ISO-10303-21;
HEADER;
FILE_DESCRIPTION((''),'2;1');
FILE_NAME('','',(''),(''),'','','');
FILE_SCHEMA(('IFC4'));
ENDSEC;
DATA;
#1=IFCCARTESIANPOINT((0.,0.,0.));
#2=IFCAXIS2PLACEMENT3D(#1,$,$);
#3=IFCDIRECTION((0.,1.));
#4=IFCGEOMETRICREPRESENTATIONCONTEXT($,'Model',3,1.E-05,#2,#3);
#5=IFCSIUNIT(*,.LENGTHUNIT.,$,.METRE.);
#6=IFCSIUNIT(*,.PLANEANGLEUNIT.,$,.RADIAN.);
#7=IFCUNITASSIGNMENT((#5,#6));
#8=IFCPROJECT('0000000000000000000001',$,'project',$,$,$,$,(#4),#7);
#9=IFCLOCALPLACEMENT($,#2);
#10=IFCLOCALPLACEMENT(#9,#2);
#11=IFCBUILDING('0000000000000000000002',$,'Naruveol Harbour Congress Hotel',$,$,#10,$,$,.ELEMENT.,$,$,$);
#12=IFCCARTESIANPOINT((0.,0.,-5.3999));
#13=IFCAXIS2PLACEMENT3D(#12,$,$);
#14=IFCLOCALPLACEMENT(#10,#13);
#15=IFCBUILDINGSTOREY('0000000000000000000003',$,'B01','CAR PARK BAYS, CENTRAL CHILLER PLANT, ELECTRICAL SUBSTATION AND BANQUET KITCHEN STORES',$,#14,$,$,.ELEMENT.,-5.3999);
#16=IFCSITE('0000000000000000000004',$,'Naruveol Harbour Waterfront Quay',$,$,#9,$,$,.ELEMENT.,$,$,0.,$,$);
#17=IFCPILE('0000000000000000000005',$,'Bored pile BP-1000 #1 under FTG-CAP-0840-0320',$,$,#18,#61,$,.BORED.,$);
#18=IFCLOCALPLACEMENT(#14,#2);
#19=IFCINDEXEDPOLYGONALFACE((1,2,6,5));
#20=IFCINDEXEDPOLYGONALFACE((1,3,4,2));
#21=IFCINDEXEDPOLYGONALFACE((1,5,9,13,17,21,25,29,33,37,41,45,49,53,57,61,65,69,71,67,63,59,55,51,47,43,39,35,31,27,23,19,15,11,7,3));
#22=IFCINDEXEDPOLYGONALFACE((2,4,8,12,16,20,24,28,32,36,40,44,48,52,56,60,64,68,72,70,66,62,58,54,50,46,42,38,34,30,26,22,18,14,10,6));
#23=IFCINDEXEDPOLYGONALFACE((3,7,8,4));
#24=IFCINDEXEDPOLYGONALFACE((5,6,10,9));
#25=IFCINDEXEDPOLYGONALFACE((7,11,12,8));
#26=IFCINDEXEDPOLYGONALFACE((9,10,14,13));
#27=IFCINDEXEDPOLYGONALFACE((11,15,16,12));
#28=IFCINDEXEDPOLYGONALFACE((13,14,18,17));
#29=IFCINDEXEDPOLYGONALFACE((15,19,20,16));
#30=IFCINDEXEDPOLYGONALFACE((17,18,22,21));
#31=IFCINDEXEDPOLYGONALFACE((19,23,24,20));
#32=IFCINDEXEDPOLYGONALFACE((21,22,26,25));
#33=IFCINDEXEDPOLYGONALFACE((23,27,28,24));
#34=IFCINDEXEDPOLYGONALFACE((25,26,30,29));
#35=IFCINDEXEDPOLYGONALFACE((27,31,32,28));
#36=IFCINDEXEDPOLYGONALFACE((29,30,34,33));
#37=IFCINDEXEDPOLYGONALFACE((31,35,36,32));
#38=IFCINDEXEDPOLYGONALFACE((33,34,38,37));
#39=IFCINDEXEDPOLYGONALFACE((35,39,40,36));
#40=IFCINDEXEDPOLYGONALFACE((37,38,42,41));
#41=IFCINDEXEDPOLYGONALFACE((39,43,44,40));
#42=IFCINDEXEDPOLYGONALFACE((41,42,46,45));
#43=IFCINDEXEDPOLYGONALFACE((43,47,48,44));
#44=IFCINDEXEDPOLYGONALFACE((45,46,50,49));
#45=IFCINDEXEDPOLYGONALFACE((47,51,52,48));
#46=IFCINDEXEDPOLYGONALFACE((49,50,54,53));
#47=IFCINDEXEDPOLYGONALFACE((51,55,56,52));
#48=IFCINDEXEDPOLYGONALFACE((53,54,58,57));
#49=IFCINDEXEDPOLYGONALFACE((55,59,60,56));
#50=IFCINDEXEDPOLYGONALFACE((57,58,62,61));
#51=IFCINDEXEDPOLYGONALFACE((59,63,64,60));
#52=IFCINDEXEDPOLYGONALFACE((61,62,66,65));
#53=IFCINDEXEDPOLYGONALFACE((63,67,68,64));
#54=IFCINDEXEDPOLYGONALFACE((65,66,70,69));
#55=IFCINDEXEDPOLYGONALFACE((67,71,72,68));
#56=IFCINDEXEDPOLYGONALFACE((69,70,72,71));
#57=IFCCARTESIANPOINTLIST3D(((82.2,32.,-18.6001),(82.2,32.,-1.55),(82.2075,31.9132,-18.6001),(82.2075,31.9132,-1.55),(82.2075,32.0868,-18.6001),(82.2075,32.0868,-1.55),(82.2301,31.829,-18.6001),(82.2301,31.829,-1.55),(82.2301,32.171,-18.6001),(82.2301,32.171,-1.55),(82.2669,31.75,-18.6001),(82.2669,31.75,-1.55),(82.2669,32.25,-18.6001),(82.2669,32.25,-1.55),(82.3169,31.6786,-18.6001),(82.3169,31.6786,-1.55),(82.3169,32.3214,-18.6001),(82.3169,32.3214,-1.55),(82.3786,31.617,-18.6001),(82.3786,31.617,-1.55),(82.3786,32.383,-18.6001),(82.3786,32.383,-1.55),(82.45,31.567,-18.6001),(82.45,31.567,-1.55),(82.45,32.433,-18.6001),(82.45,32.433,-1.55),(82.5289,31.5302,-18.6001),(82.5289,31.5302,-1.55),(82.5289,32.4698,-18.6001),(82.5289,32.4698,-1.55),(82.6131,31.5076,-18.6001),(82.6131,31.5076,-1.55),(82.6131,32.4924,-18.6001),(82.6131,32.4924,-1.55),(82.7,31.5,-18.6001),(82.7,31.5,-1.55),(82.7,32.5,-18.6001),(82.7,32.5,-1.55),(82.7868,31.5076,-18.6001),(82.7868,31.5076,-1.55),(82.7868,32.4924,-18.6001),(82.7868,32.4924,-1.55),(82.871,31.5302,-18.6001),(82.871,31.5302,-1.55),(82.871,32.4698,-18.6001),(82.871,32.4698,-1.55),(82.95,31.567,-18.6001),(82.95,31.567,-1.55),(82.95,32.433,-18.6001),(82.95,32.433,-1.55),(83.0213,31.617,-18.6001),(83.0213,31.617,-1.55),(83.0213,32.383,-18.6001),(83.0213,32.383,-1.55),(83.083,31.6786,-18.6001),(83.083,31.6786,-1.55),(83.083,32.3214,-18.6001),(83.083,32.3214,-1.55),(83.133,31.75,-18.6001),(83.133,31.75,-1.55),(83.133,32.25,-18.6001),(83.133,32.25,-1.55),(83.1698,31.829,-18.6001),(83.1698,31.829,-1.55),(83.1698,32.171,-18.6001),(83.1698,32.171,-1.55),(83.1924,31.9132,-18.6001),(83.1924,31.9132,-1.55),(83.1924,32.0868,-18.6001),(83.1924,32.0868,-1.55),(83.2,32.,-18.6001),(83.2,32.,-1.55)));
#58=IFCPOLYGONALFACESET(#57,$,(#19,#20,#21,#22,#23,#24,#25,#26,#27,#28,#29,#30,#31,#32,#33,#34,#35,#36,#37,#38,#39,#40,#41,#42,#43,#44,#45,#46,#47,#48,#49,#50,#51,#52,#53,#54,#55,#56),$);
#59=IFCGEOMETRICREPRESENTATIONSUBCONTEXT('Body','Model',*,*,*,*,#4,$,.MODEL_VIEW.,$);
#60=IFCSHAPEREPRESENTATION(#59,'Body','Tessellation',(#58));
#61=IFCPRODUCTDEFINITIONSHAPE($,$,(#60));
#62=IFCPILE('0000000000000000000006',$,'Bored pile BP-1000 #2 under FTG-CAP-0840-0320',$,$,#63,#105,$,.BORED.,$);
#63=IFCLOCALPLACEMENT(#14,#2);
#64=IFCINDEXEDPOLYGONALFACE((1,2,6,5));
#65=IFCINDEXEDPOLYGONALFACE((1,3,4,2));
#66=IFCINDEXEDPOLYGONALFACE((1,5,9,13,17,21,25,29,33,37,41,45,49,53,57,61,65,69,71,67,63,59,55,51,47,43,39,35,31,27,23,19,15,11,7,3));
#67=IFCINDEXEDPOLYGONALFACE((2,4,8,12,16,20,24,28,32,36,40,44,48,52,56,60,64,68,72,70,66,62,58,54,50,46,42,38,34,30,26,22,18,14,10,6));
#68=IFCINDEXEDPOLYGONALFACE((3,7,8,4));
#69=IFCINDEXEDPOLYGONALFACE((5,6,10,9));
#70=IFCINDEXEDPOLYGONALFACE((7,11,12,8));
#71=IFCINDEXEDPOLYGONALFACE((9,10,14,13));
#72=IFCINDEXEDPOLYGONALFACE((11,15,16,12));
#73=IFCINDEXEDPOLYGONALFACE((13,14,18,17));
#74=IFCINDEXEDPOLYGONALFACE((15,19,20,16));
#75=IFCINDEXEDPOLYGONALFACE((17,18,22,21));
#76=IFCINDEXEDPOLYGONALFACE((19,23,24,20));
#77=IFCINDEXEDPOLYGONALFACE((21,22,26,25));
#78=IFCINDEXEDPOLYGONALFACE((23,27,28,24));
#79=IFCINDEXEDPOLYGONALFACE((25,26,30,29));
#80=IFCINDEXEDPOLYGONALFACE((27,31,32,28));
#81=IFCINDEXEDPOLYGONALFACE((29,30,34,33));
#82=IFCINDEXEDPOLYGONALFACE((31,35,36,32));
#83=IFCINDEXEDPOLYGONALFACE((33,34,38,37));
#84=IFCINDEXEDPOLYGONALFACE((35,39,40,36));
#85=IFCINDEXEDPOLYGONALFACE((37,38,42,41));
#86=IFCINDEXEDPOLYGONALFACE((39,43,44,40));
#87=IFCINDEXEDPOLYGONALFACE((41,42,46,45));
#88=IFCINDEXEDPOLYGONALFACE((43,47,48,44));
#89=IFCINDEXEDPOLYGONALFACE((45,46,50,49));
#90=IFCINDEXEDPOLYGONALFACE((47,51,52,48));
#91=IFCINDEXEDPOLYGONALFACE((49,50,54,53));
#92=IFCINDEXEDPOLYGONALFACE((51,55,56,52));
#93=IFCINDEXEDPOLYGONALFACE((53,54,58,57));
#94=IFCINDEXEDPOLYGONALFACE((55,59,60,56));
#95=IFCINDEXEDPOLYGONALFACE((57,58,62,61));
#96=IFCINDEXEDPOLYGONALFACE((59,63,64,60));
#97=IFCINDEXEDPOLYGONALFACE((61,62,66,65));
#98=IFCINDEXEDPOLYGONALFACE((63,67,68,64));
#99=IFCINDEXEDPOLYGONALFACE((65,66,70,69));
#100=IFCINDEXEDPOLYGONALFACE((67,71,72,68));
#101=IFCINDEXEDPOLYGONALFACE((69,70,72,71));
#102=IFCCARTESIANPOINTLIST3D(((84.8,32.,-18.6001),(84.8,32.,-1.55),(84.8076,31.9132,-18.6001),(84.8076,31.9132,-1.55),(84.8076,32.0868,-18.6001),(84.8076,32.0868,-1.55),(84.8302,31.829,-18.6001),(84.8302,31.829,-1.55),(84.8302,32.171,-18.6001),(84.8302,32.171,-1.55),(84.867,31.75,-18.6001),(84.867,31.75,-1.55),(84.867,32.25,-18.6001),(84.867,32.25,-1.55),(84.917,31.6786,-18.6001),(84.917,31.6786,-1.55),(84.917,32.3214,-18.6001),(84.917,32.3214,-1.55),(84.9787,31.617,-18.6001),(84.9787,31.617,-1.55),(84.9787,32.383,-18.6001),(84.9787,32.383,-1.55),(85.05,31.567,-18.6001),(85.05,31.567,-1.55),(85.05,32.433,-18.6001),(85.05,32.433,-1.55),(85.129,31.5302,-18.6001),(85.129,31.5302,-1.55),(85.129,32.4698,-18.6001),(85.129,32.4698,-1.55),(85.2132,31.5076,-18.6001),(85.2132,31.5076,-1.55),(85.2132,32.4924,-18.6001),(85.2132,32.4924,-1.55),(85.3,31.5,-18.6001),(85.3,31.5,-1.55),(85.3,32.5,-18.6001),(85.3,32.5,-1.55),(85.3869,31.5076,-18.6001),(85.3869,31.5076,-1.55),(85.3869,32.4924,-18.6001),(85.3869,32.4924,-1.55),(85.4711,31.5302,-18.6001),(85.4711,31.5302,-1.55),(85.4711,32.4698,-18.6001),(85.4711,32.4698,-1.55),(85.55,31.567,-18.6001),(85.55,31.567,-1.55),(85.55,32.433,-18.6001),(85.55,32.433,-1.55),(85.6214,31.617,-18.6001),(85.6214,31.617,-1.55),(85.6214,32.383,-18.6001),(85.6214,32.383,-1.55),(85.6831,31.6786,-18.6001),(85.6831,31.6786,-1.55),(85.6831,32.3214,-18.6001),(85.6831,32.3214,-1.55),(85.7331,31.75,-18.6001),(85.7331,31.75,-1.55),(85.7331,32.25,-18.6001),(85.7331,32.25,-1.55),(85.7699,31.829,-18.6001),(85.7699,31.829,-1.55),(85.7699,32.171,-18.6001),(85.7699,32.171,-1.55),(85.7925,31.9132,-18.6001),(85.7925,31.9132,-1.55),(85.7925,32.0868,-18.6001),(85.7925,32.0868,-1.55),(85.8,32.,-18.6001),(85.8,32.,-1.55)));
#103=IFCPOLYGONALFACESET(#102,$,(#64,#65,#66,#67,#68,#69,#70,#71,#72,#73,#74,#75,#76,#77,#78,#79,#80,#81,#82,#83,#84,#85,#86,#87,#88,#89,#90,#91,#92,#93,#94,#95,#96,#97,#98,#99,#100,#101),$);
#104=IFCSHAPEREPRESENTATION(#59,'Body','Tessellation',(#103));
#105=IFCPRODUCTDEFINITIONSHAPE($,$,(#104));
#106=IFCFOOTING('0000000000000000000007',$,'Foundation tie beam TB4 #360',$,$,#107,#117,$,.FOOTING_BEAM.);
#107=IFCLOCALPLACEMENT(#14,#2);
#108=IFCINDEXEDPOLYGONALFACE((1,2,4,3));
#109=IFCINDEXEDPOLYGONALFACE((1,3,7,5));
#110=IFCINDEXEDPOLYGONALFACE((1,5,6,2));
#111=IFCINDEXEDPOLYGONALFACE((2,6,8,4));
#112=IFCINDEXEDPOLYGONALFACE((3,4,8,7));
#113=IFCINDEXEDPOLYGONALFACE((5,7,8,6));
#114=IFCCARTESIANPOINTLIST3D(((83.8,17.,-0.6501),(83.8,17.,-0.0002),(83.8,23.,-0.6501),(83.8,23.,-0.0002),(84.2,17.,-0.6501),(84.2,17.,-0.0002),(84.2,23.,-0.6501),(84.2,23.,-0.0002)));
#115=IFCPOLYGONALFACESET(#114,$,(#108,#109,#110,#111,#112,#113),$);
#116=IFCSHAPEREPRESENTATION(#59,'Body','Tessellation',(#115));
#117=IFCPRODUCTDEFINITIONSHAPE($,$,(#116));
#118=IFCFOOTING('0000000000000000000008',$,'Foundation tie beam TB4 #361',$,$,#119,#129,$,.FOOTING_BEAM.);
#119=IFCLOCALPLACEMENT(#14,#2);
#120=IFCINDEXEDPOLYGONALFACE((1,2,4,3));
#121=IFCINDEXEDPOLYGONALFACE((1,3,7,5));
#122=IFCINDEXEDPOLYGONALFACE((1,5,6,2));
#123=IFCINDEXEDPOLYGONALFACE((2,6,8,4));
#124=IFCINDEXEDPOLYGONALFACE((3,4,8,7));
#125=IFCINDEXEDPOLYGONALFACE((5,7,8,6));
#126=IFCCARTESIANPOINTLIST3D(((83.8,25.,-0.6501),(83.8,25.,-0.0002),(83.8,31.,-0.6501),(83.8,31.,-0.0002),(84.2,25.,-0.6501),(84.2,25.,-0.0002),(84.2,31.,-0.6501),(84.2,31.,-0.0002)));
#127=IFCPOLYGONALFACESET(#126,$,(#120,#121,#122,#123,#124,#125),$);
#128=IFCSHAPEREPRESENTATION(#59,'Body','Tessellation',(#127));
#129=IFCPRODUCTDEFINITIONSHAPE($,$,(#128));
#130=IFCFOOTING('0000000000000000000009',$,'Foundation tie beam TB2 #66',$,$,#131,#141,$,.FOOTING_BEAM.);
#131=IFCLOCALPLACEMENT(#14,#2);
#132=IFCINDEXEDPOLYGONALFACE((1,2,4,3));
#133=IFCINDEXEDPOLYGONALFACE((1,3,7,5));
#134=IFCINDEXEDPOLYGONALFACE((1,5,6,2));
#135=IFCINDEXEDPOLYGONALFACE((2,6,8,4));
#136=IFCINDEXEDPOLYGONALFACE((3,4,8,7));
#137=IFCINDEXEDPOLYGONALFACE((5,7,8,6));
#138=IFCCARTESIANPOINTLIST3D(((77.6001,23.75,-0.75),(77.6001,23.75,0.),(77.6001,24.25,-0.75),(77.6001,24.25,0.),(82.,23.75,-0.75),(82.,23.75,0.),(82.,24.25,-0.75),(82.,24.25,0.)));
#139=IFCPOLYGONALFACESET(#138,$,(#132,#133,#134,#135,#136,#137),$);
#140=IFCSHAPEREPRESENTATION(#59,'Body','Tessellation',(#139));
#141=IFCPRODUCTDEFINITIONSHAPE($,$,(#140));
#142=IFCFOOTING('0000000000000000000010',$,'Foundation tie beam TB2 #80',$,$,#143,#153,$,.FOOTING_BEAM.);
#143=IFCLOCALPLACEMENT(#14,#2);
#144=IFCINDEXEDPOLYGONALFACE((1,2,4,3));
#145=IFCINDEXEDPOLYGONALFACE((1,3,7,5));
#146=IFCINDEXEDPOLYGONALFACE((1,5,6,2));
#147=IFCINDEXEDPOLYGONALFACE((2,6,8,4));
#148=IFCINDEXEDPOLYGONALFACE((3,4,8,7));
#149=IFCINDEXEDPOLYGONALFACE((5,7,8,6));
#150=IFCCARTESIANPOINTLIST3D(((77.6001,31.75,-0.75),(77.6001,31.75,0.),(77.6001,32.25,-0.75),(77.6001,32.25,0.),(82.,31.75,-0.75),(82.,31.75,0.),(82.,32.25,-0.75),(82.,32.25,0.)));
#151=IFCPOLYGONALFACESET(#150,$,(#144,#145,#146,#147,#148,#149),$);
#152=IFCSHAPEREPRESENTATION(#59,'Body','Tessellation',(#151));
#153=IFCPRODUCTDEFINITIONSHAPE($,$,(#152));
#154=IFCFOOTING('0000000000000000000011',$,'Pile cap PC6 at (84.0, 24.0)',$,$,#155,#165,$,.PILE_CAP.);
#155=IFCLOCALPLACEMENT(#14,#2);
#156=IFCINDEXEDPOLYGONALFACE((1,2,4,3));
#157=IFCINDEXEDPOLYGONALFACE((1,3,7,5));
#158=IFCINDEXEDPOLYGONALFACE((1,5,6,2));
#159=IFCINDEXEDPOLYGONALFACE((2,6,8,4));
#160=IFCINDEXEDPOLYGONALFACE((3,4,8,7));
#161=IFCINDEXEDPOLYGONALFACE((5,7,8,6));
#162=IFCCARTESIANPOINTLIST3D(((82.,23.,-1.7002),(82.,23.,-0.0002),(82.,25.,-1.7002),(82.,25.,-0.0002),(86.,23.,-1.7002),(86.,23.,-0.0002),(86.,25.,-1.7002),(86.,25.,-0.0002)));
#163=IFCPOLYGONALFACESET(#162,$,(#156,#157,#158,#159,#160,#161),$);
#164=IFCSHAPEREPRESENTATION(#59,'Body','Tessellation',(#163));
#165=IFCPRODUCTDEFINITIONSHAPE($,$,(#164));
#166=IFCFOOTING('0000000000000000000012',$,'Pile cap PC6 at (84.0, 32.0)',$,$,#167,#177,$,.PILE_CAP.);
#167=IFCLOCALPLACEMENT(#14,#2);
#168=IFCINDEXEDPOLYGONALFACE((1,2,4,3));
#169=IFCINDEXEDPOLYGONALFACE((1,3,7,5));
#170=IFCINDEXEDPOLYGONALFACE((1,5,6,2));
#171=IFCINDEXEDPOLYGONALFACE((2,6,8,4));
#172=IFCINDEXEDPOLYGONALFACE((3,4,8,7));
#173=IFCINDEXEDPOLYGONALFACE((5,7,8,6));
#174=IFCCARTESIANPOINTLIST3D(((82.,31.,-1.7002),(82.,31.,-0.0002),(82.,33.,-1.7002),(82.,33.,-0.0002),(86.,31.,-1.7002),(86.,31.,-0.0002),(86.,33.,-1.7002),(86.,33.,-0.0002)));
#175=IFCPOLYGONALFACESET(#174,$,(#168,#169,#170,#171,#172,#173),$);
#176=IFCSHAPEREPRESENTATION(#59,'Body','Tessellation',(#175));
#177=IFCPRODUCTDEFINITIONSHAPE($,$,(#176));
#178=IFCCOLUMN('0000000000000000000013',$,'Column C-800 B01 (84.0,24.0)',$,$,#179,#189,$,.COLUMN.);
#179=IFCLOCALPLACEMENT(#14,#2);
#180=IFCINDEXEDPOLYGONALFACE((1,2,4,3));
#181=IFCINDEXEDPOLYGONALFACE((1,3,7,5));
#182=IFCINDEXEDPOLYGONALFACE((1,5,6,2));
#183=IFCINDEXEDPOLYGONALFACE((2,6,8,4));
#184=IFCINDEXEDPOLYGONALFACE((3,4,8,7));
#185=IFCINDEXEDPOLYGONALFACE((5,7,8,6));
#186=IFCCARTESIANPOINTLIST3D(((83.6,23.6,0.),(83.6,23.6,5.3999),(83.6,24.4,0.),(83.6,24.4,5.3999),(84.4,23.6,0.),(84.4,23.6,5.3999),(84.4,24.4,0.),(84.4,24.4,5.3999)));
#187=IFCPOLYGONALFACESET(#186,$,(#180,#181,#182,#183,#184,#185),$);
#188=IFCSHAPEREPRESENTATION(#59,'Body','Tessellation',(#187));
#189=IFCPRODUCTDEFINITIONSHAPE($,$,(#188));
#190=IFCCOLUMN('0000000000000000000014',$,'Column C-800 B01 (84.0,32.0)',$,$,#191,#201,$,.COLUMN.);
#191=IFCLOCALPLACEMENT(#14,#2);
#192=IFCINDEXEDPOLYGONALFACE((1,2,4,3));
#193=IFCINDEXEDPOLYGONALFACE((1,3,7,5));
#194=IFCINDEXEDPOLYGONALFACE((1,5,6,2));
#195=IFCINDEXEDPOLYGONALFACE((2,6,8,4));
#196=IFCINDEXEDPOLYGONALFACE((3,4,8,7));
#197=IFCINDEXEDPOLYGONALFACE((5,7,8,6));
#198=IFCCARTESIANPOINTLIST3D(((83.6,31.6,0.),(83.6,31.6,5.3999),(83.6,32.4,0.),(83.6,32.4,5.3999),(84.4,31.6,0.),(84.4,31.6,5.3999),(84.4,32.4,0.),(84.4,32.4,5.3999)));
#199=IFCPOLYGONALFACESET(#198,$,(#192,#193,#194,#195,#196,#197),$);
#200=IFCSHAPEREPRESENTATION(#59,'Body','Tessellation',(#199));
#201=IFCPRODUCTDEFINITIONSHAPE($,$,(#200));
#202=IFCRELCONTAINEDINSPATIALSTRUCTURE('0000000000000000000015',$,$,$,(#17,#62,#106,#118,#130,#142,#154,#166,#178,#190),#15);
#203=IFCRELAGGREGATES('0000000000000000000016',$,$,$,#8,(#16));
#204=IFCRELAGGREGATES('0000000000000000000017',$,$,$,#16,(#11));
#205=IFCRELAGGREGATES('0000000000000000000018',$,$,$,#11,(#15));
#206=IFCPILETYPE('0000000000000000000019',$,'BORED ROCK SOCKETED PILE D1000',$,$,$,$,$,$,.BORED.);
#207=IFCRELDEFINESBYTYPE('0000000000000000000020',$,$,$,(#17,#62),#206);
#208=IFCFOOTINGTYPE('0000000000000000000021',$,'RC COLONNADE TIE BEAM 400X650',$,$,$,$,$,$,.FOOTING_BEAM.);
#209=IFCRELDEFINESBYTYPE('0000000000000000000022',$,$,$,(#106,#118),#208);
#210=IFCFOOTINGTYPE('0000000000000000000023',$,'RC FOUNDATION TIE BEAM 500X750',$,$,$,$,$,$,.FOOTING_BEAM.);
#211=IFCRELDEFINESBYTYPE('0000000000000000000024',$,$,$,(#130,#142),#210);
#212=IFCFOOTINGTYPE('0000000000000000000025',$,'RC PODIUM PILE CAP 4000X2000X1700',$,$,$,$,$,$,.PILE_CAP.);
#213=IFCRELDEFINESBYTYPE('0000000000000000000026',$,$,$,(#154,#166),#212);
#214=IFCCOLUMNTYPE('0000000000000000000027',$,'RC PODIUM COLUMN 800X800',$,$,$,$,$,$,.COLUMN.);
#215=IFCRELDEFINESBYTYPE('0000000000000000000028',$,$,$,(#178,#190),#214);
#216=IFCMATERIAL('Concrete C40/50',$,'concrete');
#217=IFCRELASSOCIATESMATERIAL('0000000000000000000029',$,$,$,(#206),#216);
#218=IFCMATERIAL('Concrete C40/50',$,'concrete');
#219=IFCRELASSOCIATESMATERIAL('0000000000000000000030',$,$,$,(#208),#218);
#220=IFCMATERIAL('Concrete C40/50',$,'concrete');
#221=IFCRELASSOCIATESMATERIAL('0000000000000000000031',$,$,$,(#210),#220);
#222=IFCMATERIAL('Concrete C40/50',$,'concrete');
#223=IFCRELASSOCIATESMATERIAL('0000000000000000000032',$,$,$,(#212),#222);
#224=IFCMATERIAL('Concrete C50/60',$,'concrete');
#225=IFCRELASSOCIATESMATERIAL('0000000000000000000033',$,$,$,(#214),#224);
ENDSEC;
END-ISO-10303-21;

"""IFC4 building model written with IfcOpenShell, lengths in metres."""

from ifc_helpers import new_model, si_unit, direction, frame, origin, origin_2d, place, context, subcontext, project, spatial, rectangle, circle, extrude, material, material_profile, profile_set, type_object, element, save


model = new_model("IFC4")

# Units and contexts
model_context = context("Model", 3, precision=1e-05, world=origin(), true_north=direction((0.0, 1.0)))
body_context = subcontext(model_context, "Body", "Model", "MODEL_VIEW")
ifc_project = project(units=[si_unit("LENGTHUNIT", "METRE"), si_unit("PLANEANGLEUNIT", "RADIAN")], contexts=[model_context])

# Site, building, storey
site_placement = place(None, origin())
site = spatial("IfcSite", under=ifc_project, at=site_placement, Name="Naruveol Harbour Waterfront Quay", CompositionType="ELEMENT", RefElevation=0.0)
building_placement = place(site_placement, origin())
building = spatial("IfcBuilding", under=site, at=building_placement, Name="Naruveol Harbour Congress Hotel", CompositionType="ELEMENT")
storey_placement = place(building_placement, frame((0.0, 0.0, -5.3999)))
storey = spatial("IfcBuildingStorey", under=building, at=storey_placement, Name="B01", Description="CAR PARK BAYS, CENTRAL CHILLER PLANT, ELECTRICAL SUBSTATION AND BANQUET KITCHEN STORES", CompositionType="ELEMENT", Elevation=-5.3999)

# Piles
ifc_material_1 = material(Name="Concrete C40/50", Category="concrete")
ifc_material_profile_1 = material_profile(ifc_material_1, circle(Radius=0.5, at=origin_2d()), Name="BP-1000")
ifc_profile_set_1 = profile_set([ifc_material_profile_1], Name="Concrete C40/50")
pile_type = type_object("IfcPileType", Name="BORED ROCK SOCKETED PILE D1000", PredefinedType="BORED", material=ifc_profile_set_1)
for number, where, z_axis, x_axis, name in (
    (1, (82.7, 32.0, -1.55), (0.0, 0.0, -1.0), (1.0, 0.0, 0.0), "Bored pile BP-1000 #1 under FTG-CAP-0840-0320"),
    (2, (85.3, 32.0, -1.55), (0.0, 0.0, -1.0), (1.0, 0.0, 0.0), "Bored pile BP-1000 #2 under FTG-CAP-0840-0320"),
):
    element("IfcPile", number, at=place(storey_placement, frame(where, z_axis=z_axis, x_axis=x_axis)), inside=storey, type_object=pile_type, Name=name, PredefinedType="BORED", context=body_context, shape_type="SweptSolid", body=[
        extrude(circle(Radius=0.5, at=origin_2d()), origin(), (0.0, 0.0, 1.0), 17.05),
    ])

# Footings
ifc_material_2 = material(Name="Concrete C40/50", Category="concrete")
ifc_material_profile_2 = material_profile(ifc_material_2, rectangle(XDim=0.3999, YDim=0.6499, at=origin_2d()), Name="RCB-400x650")
ifc_profile_set_2 = profile_set([ifc_material_profile_2], Name="Concrete C40/50")
footing_type_1 = type_object("IfcFootingType", Name="RC COLONNADE TIE BEAM 400X650", PredefinedType="FOOTING_BEAM", material=ifc_profile_set_2)
for number, where, z_axis, x_axis, name in (
    (3, (84.0, 17.0, -0.3252), (0.0, 1.0, 0.0), (-1.0, 0.0, 0.0), "Foundation tie beam TB4 #360"),
    (4, (84.0, 25.0, -0.3252), (0.0, 1.0, 0.0), (-1.0, 0.0, 0.0), "Foundation tie beam TB4 #361"),
):
    element("IfcFooting", number, at=place(storey_placement, frame(where, z_axis=z_axis, x_axis=x_axis)), inside=storey, type_object=footing_type_1, Name=name, PredefinedType="FOOTING_BEAM", context=body_context, shape_type="SweptSolid", body=[
        extrude(rectangle(XDim=0.3999, YDim=0.6499, at=origin_2d()), origin(), (0.0, 0.0, 1.0), 6.0),
    ])
ifc_material_3 = material(Name="Concrete C40/50", Category="concrete")
ifc_material_profile_3 = material_profile(ifc_material_3, rectangle(XDim=0.5, YDim=0.75, at=origin_2d()), Name="RCB-500x750")
ifc_profile_set_3 = profile_set([ifc_material_profile_3], Name="Concrete C40/50")
footing_type_2 = type_object("IfcFootingType", Name="RC FOUNDATION TIE BEAM 500X750", PredefinedType="FOOTING_BEAM", material=ifc_profile_set_3)
for number, where, z_axis, x_axis, name in (
    (5, (77.6001, 24.0, -0.375), (1.0, 0.0, 0.0), (0.0, 1.0, 0.0), "Foundation tie beam TB2 #66"),
    (6, (77.6001, 32.0, -0.375), (1.0, 0.0, 0.0), (0.0, 1.0, 0.0), "Foundation tie beam TB2 #80"),
):
    element("IfcFooting", number, at=place(storey_placement, frame(where, z_axis=z_axis, x_axis=x_axis)), inside=storey, type_object=footing_type_2, Name=name, PredefinedType="FOOTING_BEAM", context=body_context, shape_type="SweptSolid", body=[
        extrude(rectangle(XDim=0.5, YDim=0.75, at=origin_2d()), origin(), (0.0, 0.0, 1.0), 4.3999),
    ])
ifc_material_4 = material(Name="Concrete C40/50", Category="concrete")
footing_type_3 = type_object("IfcFootingType", Name="RC PODIUM PILE CAP 4000X2000X1700", PredefinedType="PILE_CAP", material=ifc_material_4)
for number, where, z_axis, x_axis, name in (
    (7, (84.0, 24.0, -1.7002), (0.0, 0.0, 1.0), (1.0, 0.0, 0.0), "Pile cap PC6 at (84.0, 24.0)"),
    (8, (84.0, 32.0, -1.7002), (0.0, 0.0, 1.0), (1.0, 0.0, 0.0), "Pile cap PC6 at (84.0, 32.0)"),
):
    element("IfcFooting", number, at=place(storey_placement, frame(where, z_axis=z_axis, x_axis=x_axis)), inside=storey, type_object=footing_type_3, Name=name, PredefinedType="PILE_CAP", context=body_context, shape_type="SweptSolid", body=[
        extrude(rectangle(XDim=4.0, YDim=2.0, at=origin_2d()), origin(), (0.0, 0.0, 1.0), 1.7),
    ])

# Columns
ifc_material_5 = material(Name="Concrete C50/60", Category="concrete")
ifc_material_profile_4 = material_profile(ifc_material_5, rectangle(XDim=0.8, YDim=0.8, at=origin_2d()), Name="RC-800x800")
ifc_profile_set_4 = profile_set([ifc_material_profile_4], Name="Concrete C50/60")
column_type = type_object("IfcColumnType", Name="RC PODIUM COLUMN 800X800", PredefinedType="COLUMN", material=ifc_profile_set_4)
for number, where, z_axis, x_axis, name in (
    (9, (84.0, 24.0, 0.0), (0.0, 0.0, 1.0), (1.0, 0.0, 0.0), "Column C-800 B01 (84.0,24.0)"),
    (10, (84.0, 32.0, 0.0), (0.0, 0.0, 1.0), (1.0, 0.0, 0.0), "Column C-800 B01 (84.0,32.0)"),
):
    element("IfcColumn", number, at=place(storey_placement, frame(where, z_axis=z_axis, x_axis=x_axis)), inside=storey, type_object=column_type, Name=name, PredefinedType="COLUMN", context=body_context, shape_type="SweptSolid", body=[
        extrude(rectangle(XDim=0.8, YDim=0.8, at=origin_2d()), origin(), (0.0, 0.0, 1.0), 5.3999),
    ])

save(model, "model.ifc")
